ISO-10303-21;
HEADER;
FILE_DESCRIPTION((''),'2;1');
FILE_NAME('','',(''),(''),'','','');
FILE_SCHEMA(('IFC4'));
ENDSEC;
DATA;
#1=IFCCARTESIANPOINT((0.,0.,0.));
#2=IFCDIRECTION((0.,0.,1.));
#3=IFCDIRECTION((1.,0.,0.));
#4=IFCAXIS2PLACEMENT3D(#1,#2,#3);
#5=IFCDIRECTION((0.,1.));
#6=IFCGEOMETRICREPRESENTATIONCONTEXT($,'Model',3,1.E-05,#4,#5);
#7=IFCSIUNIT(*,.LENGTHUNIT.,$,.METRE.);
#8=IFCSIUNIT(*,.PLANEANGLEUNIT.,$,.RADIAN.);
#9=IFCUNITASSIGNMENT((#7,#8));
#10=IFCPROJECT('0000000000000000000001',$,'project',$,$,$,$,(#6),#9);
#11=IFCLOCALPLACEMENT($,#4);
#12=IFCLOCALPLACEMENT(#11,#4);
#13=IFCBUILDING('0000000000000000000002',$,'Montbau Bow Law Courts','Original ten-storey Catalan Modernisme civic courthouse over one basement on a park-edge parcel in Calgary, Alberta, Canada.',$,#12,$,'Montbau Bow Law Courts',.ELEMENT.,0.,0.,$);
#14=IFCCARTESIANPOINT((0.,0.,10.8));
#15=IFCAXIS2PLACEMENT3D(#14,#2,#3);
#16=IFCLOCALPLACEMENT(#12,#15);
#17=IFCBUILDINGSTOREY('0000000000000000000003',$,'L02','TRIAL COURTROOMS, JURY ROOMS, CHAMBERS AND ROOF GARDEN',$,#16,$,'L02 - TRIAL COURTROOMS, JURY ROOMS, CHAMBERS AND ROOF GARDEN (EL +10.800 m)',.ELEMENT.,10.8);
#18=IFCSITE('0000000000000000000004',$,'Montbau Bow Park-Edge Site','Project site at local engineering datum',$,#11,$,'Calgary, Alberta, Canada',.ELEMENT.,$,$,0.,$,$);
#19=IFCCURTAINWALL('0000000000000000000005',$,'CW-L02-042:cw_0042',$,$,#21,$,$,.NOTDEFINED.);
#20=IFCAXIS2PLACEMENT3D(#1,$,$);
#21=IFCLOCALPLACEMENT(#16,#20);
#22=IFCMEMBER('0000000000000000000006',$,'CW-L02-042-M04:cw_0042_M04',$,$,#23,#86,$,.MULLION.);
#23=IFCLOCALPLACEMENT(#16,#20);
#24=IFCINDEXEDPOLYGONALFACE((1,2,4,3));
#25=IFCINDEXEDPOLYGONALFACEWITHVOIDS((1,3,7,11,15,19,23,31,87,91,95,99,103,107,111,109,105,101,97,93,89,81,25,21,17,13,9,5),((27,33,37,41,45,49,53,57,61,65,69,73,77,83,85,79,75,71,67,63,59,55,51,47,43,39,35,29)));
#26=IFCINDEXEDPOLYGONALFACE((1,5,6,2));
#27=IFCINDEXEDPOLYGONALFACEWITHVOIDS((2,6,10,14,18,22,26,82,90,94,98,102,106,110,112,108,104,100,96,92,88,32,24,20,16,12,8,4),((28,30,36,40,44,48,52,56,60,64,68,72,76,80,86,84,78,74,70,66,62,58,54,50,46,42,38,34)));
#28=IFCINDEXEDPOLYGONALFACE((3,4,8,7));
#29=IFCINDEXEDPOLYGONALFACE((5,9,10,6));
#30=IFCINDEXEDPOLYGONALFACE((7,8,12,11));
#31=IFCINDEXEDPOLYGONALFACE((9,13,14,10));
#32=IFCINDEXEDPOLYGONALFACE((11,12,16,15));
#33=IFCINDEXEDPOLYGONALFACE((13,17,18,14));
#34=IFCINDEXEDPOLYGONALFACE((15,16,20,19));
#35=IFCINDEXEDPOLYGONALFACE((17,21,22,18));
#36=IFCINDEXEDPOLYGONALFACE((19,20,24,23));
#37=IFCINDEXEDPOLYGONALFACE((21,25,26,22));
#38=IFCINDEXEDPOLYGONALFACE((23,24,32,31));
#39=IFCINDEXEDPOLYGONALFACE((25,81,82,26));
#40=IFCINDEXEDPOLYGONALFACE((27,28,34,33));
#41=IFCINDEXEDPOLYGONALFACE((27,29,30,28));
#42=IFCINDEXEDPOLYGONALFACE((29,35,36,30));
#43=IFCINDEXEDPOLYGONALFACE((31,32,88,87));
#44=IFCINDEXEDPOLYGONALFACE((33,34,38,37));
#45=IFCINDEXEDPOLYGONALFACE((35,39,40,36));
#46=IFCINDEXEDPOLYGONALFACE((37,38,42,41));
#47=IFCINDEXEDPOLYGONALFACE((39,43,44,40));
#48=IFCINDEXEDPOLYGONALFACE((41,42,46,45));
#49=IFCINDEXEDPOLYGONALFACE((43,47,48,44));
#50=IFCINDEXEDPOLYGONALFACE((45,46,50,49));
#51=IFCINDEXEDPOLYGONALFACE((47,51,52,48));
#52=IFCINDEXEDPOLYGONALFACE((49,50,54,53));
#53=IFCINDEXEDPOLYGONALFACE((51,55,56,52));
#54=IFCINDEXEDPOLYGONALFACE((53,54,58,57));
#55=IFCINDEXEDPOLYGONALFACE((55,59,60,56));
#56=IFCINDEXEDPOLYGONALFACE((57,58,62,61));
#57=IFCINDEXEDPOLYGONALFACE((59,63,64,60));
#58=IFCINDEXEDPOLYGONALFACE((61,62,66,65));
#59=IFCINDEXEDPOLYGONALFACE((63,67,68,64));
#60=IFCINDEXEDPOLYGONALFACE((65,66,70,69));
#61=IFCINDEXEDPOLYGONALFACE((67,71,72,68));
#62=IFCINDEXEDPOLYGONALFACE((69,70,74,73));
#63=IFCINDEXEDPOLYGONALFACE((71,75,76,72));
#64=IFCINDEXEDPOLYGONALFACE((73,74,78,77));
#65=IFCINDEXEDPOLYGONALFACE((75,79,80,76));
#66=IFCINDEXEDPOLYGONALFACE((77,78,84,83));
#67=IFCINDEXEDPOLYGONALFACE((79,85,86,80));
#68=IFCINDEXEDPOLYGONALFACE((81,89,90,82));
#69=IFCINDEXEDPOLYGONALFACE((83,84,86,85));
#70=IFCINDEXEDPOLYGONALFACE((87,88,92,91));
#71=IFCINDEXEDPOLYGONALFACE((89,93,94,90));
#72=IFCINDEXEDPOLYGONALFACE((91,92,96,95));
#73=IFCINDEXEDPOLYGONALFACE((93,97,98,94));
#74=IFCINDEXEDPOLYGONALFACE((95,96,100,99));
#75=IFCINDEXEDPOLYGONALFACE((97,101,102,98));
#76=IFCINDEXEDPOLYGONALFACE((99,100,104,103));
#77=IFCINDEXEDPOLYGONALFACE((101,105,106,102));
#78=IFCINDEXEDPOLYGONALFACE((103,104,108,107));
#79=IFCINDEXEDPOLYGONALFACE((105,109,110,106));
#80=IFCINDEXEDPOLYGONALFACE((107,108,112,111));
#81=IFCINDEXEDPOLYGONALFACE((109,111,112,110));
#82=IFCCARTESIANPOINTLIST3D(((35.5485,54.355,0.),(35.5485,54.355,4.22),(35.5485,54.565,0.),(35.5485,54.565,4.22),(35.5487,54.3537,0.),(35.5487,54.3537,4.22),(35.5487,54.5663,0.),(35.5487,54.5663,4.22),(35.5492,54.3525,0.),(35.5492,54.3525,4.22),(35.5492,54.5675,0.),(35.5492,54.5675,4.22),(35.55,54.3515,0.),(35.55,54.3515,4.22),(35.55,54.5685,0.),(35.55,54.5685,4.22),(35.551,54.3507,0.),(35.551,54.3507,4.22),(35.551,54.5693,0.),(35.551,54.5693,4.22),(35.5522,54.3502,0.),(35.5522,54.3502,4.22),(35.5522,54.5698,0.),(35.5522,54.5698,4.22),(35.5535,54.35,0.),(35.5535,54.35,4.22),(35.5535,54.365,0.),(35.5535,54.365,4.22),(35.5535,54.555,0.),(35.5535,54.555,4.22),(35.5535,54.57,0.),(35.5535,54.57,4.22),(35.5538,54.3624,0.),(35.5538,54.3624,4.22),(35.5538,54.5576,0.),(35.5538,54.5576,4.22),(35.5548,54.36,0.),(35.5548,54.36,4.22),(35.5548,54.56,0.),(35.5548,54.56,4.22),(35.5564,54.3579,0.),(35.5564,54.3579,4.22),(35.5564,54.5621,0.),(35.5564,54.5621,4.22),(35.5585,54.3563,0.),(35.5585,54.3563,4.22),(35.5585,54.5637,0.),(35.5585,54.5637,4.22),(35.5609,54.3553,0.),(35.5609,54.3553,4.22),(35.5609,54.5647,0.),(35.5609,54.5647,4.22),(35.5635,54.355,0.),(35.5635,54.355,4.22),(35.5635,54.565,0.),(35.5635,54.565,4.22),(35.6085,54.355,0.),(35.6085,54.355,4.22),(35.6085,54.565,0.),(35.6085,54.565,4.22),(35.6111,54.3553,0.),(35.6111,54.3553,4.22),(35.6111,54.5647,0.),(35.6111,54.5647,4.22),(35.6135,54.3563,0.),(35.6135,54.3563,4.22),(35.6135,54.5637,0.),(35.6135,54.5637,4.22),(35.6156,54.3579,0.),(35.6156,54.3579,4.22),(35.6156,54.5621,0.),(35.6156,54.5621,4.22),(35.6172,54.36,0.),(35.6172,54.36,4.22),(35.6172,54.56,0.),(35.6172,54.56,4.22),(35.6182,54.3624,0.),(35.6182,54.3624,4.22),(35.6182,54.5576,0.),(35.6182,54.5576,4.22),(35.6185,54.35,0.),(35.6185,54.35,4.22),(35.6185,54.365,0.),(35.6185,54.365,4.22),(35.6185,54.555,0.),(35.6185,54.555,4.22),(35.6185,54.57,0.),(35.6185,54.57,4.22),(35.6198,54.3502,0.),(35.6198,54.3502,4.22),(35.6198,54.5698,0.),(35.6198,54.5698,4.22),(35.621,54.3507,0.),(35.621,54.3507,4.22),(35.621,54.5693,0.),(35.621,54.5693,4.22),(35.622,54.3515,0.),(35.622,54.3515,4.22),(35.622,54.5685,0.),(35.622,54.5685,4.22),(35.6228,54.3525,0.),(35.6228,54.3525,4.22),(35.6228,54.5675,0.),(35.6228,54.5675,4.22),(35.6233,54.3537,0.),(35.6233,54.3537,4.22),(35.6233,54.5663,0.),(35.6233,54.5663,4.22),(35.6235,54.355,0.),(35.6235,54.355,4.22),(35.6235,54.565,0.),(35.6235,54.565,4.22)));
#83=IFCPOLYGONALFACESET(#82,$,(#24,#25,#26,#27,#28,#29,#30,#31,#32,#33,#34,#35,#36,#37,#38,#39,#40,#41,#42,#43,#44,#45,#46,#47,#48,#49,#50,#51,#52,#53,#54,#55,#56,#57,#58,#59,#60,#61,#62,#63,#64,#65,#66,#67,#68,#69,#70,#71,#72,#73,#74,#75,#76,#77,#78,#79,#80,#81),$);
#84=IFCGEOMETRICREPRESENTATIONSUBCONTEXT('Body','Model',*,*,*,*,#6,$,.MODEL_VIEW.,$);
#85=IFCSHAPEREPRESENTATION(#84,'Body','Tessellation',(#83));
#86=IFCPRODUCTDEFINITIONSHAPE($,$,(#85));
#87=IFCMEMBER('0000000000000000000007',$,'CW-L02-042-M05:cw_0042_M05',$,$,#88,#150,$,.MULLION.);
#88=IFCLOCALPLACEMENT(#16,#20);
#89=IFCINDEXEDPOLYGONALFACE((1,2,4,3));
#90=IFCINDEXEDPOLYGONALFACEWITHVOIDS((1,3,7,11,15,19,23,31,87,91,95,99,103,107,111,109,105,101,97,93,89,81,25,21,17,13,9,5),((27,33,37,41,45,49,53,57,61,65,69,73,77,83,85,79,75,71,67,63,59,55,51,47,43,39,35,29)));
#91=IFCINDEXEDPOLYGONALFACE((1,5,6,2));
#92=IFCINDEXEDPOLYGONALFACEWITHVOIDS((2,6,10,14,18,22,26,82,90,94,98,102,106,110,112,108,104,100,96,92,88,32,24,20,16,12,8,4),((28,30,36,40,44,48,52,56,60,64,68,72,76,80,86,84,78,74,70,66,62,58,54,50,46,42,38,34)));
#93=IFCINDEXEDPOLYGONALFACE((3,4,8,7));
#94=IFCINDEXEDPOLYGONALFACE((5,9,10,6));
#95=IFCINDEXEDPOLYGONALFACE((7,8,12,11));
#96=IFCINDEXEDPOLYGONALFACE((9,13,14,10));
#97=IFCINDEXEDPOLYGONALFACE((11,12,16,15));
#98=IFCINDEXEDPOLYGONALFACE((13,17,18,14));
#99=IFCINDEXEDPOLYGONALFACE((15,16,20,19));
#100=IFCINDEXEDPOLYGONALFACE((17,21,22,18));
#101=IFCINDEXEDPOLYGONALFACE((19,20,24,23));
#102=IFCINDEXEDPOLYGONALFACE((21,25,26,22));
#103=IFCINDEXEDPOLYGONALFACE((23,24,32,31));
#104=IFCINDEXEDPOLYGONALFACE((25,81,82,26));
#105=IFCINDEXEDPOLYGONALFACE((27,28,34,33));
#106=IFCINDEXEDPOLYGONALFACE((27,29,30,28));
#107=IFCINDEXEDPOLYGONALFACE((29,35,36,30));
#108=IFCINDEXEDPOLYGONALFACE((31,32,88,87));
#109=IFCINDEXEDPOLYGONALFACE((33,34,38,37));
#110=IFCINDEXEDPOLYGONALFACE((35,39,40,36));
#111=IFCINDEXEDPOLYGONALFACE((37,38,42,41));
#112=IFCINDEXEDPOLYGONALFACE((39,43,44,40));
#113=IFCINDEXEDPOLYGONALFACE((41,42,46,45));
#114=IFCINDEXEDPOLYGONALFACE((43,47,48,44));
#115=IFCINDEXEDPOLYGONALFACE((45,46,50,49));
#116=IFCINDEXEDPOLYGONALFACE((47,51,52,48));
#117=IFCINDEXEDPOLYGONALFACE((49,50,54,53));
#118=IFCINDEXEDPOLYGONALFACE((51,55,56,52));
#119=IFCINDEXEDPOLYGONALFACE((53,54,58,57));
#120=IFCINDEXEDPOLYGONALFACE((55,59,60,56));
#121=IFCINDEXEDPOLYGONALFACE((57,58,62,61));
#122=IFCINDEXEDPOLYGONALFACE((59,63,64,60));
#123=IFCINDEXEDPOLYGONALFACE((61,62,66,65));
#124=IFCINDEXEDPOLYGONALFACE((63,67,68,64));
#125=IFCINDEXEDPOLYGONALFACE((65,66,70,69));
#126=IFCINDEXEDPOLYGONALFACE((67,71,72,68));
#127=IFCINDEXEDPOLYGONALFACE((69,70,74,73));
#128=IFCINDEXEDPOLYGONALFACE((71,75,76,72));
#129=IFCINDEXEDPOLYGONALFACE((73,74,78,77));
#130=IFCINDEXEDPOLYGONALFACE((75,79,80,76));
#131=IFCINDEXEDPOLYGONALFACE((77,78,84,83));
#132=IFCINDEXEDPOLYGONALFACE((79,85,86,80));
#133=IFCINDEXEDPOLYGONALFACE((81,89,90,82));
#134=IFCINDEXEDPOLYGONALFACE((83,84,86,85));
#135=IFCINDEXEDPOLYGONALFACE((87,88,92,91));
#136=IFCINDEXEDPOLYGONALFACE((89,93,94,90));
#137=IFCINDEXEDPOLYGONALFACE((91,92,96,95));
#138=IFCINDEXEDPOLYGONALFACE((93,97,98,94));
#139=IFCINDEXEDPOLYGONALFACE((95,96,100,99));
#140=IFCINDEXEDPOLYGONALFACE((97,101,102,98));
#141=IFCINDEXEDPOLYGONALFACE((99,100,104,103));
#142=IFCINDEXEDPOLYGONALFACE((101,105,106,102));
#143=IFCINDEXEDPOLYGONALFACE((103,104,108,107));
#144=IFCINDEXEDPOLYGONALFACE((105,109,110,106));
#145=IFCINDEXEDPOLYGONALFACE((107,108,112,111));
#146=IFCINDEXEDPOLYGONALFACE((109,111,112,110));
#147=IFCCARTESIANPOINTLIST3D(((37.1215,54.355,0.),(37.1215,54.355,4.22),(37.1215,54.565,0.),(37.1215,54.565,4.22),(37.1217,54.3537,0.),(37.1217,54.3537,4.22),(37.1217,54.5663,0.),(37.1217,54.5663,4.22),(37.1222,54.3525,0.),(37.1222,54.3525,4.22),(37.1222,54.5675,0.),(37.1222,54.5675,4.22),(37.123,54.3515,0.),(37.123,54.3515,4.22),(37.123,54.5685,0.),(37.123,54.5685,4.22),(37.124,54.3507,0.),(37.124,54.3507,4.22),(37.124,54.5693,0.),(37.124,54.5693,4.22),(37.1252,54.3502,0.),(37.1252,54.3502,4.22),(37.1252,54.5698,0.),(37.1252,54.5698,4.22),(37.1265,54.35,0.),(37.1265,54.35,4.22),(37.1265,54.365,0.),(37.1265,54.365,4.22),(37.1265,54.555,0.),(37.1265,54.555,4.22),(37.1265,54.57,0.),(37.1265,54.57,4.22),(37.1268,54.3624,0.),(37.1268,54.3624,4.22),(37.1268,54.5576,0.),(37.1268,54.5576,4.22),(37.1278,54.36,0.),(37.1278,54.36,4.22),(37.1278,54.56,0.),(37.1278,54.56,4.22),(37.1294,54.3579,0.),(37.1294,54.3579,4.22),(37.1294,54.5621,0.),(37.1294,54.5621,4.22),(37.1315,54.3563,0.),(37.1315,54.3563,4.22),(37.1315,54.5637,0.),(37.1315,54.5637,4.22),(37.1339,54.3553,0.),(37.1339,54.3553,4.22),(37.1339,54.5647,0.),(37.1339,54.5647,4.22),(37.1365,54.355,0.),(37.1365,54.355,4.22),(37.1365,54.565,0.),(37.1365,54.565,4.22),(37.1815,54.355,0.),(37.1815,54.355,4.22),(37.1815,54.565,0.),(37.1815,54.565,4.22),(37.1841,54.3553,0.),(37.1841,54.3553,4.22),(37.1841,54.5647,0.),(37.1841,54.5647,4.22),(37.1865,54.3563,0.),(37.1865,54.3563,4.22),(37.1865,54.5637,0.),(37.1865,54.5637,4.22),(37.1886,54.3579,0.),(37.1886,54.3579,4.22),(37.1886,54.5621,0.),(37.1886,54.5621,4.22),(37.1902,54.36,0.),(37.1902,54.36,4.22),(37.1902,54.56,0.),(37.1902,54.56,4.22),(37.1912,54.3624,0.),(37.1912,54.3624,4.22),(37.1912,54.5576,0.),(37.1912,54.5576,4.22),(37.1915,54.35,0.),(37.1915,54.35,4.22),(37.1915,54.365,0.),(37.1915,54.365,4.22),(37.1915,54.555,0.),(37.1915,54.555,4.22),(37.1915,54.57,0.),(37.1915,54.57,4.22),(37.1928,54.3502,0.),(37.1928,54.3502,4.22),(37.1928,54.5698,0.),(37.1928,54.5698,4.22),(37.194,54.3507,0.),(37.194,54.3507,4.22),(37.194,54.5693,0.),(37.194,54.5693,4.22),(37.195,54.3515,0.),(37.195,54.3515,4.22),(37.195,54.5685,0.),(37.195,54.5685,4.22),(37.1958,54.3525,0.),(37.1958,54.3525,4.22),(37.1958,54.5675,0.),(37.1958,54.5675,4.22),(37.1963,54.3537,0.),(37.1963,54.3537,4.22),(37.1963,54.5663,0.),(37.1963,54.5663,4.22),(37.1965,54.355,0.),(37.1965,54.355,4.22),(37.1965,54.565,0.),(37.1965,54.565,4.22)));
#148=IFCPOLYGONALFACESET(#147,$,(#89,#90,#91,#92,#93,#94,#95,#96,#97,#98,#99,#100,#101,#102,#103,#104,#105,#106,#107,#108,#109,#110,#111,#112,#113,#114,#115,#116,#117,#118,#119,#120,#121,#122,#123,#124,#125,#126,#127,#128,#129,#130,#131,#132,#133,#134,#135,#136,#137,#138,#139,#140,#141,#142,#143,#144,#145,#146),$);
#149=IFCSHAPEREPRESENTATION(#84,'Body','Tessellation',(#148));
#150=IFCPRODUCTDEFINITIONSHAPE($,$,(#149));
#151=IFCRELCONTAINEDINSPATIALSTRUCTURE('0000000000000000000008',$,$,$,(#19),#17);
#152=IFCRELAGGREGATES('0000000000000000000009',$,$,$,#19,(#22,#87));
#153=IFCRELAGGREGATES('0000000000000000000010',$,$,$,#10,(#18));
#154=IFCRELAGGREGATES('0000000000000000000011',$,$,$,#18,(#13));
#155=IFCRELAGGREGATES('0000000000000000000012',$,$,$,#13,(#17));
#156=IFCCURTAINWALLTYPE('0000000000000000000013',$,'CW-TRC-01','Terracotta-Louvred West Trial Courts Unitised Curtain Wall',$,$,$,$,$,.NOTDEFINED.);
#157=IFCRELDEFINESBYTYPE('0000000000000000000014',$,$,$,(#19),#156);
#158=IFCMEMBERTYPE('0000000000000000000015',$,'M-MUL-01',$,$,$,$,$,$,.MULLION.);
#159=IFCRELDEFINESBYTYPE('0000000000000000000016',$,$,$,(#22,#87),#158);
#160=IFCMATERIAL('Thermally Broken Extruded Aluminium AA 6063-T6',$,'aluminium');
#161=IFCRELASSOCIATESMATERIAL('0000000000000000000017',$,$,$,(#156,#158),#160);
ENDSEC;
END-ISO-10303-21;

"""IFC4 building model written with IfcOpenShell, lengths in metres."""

from ifc_helpers import new_model, si_unit, direction, frame, origin_with_axes, origin_2d_with_axis, place, context, subcontext, project, spatial, hollow_rectangle, extrude, material, material_profile, profile_set, type_object, element, aggregate, save


model = new_model("IFC4")

# Units and contexts
model_context = context("Model", 3, precision=1e-05, world=origin_with_axes(), true_north=direction((0.0, 1.0)))
body_context = subcontext(model_context, "Body", "Model", "MODEL_VIEW")
ifc_project = project(units=[si_unit("LENGTHUNIT", "METRE"), si_unit("PLANEANGLEUNIT", "RADIAN")], contexts=[model_context])

# Site, building, storey
site_placement = place(None, origin_with_axes())
site = spatial("IfcSite", under=ifc_project, at=site_placement, Name="Montbau Bow Park-Edge Site", Description="Project site at local engineering datum", LongName="Calgary, Alberta, Canada", CompositionType="ELEMENT", RefElevation=0.0)
building_placement = place(site_placement, origin_with_axes())
building = spatial("IfcBuilding", under=site, at=building_placement, Name="Montbau Bow Law Courts", Description="Original ten-storey Catalan Modernisme civic courthouse over one basement on a park-edge parcel in Calgary, Alberta, Canada.", LongName="Montbau Bow Law Courts", CompositionType="ELEMENT", ElevationOfRefHeight=0.0, ElevationOfTerrain=0.0)
storey_placement = place(building_placement, frame((0.0, 0.0, 10.8), z_axis=(0.0, 0.0, 1.0), x_axis=(1.0, 0.0, 0.0)))
storey = spatial("IfcBuildingStorey", under=building, at=storey_placement, Name="L02", Description="TRIAL COURTROOMS, JURY ROOMS, CHAMBERS AND ROOF GARDEN", LongName="L02 - TRIAL COURTROOMS, JURY ROOMS, CHAMBERS AND ROOF GARDEN (EL +10.800 m)", CompositionType="ELEMENT", Elevation=10.8)

# Curtain wall, members
ifc_material_1 = material(Name="Thermally Broken Extruded Aluminium AA 6063-T6", Category="aluminium")
curtain_wall_type = type_object("IfcCurtainWallType", Name="CW-TRC-01", Description="Terracotta-Louvred West Trial Courts Unitised Curtain Wall", PredefinedType="NOTDEFINED", material=ifc_material_1)
curtain_wall_placement = place(None, frame((30.867, 54.46, 10.8), z_axis=(0.0, 0.0, 1.0), x_axis=(1.0, 0.0, 0.0)))
curtain_wall = element("IfcCurtainWall", 1, at=curtain_wall_placement, inside=storey, type_object=curtain_wall_type, Name="CW-L02-042:cw_0042", PredefinedType="NOTDEFINED")
ifc_material_profile_1 = material_profile(ifc_material_1, hollow_rectangle(XDim=0.075, YDim=0.22, WallThickness=0.005, InnerFilletRadius=0.01, OuterFilletRadius=0.005, at=origin_2d_with_axis()), Name="CWM-220X75", Category="Main", Priority=0)
ifc_profile_set_1 = profile_set([ifc_material_profile_1], Name="Thermally Broken Extruded Aluminium AA 6063-T6")
member_type_1 = type_object("IfcMemberType", Name="M-MUL-01", PredefinedType="MULLION", material=ifc_profile_set_1)
member_1_placement = place(None, frame((35.586, 54.46, 10.8), z_axis=(0.0, 0.0, 1.0), x_axis=(1.0, 0.0, 0.0)))
member_1 = element("IfcMember", 2, at=member_1_placement, type_object=member_type_1, Name="CW-L02-042-M04:cw_0042_M04", PredefinedType="MULLION", context=body_context, shape_type="SweptSolid", body=[
    extrude(hollow_rectangle(XDim=0.075, YDim=0.22, WallThickness=0.005, InnerFilletRadius=0.01, OuterFilletRadius=0.005, at=origin_2d_with_axis()), origin_with_axes(), (0.0, 0.0, 1.0), 4.22),
])
member_2_placement = place(None, frame((37.159, 54.46, 10.8), z_axis=(0.0, 0.0, 1.0), x_axis=(1.0, 0.0, 0.0)))
member_2 = element("IfcMember", 3, at=member_2_placement, type_object=member_type_1, Name="CW-L02-042-M05:cw_0042_M05", PredefinedType="MULLION", context=body_context, shape_type="SweptSolid", body=[
    extrude(hollow_rectangle(XDim=0.075, YDim=0.22, WallThickness=0.005, InnerFilletRadius=0.01, OuterFilletRadius=0.005, at=origin_2d_with_axis()), origin_with_axes(), (0.0, 0.0, 1.0), 4.22),
])
aggregate(curtain_wall, [member_1, member_2])

save(model, "model.ifc")
